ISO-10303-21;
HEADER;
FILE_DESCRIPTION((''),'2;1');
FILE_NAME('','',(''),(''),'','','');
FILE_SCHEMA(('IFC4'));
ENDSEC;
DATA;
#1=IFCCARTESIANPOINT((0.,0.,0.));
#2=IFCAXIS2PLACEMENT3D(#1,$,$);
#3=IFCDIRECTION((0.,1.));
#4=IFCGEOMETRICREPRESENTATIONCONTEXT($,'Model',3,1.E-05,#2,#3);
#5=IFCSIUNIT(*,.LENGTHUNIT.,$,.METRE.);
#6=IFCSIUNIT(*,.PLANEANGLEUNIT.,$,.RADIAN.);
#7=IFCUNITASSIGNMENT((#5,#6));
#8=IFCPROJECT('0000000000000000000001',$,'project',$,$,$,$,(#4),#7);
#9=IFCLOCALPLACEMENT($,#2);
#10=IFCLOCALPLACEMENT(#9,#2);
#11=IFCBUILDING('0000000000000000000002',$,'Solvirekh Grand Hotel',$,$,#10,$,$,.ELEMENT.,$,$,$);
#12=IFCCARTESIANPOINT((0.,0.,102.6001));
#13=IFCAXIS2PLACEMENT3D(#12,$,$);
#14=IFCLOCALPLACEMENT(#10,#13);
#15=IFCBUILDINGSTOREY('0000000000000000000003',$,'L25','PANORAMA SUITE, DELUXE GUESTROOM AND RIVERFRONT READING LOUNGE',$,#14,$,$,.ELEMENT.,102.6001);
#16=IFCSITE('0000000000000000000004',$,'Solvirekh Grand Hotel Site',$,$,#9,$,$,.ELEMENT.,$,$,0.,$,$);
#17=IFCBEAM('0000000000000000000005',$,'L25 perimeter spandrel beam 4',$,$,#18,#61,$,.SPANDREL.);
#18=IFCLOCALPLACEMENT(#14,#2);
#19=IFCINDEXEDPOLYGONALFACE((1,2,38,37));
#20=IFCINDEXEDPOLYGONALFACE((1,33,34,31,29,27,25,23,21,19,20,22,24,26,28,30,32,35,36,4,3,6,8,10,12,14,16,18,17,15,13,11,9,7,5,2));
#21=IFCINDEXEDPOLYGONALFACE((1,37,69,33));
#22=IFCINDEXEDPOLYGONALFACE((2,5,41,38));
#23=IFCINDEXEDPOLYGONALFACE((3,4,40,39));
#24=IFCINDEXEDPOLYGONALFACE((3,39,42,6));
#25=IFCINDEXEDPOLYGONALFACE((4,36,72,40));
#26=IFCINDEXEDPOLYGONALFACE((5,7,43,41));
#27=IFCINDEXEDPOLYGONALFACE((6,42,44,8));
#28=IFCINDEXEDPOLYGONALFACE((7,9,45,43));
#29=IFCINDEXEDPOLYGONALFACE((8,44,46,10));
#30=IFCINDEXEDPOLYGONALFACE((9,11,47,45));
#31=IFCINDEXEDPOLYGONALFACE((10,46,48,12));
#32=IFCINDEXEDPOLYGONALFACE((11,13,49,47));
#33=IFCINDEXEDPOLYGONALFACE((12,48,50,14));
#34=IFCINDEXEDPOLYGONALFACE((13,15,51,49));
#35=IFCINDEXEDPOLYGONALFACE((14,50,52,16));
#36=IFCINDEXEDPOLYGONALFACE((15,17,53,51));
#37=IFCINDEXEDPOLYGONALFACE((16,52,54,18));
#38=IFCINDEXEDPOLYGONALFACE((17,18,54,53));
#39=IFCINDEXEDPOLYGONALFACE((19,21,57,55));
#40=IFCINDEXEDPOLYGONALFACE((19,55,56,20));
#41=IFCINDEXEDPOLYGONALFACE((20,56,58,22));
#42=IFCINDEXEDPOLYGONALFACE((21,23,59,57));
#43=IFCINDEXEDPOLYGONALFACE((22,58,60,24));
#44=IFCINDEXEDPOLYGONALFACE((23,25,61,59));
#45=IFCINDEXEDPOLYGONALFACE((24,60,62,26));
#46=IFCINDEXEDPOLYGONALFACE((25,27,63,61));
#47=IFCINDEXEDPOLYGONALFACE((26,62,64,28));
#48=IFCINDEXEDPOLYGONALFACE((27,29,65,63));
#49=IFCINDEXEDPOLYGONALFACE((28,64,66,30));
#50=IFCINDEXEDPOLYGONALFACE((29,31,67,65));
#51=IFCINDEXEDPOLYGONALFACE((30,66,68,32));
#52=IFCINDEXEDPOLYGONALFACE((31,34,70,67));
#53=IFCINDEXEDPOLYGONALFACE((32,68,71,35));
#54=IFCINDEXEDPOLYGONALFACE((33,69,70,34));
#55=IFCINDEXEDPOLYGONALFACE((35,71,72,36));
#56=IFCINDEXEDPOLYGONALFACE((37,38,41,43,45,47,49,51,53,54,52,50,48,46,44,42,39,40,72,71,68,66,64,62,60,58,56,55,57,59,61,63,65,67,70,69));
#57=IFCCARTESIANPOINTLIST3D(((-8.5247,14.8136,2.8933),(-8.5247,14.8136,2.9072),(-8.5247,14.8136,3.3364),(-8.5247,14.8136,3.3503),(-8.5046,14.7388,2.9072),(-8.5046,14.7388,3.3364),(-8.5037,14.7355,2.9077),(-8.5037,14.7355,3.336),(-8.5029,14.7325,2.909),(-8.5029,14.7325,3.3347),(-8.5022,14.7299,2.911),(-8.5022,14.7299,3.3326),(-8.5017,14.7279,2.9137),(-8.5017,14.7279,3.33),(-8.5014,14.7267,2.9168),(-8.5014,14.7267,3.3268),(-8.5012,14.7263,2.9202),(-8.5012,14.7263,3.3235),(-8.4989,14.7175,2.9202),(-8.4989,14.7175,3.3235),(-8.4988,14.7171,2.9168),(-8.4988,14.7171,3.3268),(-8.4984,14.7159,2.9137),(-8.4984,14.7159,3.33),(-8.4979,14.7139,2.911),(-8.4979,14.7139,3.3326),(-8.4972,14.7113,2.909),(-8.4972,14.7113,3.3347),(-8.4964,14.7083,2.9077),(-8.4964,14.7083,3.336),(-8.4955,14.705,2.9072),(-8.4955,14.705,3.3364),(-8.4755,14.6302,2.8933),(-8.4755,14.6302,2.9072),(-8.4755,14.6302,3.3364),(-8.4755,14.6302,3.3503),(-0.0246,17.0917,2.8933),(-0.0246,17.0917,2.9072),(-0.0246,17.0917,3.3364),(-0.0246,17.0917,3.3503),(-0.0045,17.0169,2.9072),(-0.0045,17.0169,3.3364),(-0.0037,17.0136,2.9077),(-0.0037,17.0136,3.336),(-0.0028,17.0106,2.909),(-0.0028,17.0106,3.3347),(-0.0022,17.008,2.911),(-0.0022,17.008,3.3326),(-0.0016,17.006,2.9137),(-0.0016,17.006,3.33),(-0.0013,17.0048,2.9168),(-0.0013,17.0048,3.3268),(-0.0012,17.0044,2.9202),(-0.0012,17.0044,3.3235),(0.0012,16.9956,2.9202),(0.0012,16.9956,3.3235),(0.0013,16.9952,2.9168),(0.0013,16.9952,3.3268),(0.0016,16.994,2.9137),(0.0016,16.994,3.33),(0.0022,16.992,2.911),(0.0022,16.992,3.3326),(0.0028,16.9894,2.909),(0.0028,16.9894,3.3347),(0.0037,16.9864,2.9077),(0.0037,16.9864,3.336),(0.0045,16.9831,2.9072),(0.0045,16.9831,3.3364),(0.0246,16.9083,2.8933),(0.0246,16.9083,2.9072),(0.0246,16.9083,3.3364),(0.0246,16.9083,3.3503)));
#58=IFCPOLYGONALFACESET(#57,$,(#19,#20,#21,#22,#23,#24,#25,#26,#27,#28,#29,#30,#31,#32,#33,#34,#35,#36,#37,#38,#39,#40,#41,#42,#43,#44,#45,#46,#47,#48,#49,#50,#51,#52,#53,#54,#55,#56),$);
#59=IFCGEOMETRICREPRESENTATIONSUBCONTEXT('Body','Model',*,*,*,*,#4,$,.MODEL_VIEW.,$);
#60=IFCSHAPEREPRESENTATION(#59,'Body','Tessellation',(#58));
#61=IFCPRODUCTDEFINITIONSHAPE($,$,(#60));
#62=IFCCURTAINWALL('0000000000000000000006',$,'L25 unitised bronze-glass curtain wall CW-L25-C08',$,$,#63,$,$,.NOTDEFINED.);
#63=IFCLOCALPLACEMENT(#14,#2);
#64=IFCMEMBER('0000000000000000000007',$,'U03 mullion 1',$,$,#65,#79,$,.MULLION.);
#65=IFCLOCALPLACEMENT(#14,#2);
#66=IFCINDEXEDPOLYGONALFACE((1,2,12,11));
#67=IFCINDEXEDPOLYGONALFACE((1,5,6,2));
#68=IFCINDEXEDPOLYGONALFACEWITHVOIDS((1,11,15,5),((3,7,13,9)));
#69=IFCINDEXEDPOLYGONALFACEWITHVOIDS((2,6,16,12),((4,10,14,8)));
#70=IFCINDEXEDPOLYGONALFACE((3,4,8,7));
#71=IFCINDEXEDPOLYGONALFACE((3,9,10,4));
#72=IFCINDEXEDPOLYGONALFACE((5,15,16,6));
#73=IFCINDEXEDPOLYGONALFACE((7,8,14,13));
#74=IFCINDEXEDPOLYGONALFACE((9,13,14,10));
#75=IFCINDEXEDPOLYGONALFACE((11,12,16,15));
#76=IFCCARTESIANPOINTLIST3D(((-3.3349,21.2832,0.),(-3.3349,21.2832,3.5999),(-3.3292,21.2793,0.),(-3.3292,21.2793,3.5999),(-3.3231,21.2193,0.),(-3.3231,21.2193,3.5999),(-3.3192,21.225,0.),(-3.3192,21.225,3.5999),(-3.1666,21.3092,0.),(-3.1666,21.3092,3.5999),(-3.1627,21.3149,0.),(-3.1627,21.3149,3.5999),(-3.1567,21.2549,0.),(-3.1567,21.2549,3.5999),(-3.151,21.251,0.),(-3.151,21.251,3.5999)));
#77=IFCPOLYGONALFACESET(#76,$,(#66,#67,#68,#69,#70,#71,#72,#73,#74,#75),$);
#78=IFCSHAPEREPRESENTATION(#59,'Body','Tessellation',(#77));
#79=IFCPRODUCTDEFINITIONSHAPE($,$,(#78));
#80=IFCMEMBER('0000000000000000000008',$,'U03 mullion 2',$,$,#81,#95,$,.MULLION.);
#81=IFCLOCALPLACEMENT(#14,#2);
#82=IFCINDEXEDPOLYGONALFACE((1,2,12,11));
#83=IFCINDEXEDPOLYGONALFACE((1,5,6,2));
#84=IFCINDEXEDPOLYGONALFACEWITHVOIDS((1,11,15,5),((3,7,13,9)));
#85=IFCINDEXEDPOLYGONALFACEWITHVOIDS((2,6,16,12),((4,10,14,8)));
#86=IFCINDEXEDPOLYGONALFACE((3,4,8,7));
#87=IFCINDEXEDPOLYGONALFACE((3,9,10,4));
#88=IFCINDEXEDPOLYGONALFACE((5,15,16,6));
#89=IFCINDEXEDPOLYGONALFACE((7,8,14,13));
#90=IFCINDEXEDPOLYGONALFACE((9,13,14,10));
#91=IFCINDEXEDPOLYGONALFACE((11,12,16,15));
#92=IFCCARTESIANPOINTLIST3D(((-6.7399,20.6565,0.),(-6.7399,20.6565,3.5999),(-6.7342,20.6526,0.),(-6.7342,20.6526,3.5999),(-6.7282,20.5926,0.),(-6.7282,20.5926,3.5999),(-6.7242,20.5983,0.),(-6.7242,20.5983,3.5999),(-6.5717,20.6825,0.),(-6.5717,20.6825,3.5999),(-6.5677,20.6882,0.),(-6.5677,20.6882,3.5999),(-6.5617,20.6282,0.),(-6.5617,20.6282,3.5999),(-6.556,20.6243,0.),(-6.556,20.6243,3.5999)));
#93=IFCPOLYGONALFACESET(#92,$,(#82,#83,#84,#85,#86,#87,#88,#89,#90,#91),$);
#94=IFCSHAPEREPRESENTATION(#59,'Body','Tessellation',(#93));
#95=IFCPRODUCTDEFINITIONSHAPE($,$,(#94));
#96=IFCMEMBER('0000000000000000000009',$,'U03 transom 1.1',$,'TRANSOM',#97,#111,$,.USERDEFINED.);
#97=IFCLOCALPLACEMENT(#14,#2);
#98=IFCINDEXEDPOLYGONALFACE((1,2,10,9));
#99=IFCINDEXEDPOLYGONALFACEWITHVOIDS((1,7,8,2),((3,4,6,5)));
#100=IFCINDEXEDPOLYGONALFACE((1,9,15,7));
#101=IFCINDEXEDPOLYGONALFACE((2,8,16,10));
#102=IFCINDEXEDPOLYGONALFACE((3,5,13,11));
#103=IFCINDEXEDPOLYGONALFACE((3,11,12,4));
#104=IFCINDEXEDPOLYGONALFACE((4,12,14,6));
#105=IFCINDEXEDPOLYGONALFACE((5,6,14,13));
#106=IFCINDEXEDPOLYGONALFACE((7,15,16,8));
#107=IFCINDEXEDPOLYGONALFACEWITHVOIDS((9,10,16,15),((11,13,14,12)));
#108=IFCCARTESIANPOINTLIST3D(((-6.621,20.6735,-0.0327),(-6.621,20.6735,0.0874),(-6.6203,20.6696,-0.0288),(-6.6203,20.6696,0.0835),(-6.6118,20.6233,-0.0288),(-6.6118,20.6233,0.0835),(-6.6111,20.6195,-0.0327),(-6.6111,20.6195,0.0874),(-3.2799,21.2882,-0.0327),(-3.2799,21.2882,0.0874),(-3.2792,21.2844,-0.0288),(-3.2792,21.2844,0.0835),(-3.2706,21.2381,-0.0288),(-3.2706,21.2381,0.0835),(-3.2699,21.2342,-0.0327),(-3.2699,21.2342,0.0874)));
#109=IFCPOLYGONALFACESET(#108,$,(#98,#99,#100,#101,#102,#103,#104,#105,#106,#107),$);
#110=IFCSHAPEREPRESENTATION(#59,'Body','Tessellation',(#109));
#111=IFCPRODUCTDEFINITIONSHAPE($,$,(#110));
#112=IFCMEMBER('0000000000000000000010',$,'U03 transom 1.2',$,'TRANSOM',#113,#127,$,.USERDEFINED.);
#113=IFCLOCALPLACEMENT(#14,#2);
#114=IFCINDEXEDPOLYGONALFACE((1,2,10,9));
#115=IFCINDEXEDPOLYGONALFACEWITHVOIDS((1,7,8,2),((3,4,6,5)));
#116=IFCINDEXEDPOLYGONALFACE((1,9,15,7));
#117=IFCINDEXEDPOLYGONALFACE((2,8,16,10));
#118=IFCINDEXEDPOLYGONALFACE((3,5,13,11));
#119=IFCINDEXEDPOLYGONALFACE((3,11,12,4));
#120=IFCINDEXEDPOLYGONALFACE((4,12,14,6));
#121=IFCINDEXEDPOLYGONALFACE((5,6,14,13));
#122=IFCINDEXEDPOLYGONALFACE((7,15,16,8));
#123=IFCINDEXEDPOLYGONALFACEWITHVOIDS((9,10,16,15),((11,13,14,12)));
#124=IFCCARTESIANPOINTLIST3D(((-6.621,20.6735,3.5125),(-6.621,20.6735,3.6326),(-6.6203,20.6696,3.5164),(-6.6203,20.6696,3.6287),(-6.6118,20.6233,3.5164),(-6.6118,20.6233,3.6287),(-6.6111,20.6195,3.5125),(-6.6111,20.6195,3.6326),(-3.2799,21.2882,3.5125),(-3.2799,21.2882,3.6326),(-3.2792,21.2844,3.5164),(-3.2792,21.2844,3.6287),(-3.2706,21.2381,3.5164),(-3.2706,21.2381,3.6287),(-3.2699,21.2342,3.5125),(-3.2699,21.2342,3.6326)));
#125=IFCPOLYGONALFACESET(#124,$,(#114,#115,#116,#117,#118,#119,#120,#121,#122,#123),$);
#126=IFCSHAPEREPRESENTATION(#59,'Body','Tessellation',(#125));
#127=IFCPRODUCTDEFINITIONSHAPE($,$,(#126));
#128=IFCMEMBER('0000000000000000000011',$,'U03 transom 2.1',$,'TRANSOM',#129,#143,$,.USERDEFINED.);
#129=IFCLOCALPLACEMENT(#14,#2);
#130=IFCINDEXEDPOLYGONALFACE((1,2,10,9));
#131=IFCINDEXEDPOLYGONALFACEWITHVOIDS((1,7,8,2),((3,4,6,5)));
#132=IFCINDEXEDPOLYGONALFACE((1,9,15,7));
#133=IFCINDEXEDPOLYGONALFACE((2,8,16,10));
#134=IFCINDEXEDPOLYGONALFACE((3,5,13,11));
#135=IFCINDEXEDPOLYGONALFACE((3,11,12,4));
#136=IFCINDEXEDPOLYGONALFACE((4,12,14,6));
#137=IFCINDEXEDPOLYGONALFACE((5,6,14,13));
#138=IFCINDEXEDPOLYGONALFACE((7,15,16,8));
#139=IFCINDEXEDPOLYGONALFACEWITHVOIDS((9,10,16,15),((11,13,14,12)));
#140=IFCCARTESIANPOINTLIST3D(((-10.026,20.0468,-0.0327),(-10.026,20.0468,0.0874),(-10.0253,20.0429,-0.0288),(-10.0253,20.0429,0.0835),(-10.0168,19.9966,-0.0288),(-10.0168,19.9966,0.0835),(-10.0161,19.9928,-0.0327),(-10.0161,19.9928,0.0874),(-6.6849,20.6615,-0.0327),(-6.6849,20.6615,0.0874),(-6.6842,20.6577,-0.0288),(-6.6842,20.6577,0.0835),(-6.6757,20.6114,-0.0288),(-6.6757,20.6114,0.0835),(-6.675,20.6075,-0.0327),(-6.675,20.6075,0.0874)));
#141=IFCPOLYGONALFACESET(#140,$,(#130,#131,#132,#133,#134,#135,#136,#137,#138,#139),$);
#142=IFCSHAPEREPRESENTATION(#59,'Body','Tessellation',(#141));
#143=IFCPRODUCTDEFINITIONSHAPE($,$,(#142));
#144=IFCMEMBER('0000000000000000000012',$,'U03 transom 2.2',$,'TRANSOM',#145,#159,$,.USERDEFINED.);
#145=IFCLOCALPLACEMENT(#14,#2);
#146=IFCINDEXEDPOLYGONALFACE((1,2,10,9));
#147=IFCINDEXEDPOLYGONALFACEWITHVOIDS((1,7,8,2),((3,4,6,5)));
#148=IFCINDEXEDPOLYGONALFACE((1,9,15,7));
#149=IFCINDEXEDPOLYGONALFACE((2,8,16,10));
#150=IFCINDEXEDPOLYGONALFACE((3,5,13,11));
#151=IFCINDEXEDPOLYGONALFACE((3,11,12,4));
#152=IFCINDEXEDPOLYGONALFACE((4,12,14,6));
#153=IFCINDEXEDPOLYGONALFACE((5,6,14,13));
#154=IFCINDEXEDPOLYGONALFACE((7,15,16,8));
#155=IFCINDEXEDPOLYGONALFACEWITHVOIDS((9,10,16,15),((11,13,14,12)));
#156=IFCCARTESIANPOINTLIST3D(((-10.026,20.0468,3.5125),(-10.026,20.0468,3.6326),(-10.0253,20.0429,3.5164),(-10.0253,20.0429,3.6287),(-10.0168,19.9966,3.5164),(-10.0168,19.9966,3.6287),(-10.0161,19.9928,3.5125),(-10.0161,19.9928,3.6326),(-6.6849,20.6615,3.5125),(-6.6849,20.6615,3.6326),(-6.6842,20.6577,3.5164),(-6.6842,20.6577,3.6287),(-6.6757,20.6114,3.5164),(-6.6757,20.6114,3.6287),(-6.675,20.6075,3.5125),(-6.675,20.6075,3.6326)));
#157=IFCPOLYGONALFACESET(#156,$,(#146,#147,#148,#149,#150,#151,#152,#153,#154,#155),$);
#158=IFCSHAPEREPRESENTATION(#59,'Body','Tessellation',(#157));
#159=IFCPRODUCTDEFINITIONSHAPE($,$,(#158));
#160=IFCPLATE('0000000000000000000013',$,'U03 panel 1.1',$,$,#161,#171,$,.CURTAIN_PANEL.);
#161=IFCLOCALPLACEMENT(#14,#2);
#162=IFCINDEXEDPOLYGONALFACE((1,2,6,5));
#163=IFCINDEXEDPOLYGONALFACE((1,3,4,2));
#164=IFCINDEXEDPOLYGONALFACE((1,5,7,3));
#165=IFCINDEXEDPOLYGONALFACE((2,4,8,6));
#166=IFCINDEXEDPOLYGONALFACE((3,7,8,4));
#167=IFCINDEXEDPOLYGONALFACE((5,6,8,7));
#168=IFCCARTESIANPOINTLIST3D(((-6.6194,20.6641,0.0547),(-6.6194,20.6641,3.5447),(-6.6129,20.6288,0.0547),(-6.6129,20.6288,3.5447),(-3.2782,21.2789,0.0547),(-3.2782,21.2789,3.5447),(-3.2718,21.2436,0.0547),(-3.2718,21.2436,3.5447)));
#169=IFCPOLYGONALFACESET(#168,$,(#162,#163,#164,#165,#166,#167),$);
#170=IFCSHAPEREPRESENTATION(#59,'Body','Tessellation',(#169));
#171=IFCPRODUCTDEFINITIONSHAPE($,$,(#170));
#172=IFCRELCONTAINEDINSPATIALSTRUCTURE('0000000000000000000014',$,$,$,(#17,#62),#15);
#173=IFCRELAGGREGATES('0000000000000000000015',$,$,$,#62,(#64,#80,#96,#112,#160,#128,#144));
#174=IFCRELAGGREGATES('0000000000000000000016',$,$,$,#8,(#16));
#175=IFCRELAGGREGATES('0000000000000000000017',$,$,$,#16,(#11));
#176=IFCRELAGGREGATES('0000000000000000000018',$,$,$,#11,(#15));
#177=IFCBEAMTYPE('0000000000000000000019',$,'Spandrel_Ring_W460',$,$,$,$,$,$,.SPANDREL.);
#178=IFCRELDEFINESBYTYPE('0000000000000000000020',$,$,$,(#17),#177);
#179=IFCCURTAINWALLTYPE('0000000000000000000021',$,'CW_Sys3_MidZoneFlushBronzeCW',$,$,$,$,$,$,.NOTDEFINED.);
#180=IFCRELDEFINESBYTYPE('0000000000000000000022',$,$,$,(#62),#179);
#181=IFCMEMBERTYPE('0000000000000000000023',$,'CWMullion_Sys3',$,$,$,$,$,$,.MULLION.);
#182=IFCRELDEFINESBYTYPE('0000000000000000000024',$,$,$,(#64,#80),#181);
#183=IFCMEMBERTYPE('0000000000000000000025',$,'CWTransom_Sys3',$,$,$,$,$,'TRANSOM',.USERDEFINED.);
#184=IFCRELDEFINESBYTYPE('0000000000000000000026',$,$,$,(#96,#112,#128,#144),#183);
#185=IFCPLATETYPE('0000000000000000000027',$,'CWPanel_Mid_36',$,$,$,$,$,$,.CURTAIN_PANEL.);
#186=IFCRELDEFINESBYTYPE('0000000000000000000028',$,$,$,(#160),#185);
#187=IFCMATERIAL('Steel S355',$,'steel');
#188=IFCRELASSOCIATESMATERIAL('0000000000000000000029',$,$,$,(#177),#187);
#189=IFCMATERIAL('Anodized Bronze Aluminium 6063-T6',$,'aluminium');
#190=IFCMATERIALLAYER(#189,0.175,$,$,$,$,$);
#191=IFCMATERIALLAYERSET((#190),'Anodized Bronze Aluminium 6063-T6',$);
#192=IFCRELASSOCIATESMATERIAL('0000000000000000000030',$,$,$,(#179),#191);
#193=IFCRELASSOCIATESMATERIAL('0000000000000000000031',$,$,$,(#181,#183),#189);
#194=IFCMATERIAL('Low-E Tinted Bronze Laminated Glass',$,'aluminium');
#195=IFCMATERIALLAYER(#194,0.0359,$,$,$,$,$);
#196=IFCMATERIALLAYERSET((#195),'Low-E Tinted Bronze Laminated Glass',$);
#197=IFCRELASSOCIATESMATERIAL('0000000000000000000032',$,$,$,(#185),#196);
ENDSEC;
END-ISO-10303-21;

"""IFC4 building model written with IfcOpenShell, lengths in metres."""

from ifc_helpers import new_model, si_unit, direction, frame, origin, origin_2d, place, context, subcontext, project, spatial, rectangle, hollow_rectangle, i_section, extrude, source, transform, mapped, material, layer, layer_set, material_profile, profile_set, type_object, element, aggregate, save


model = new_model("IFC4")

# Units and contexts
model_context = context("Model", 3, precision=1e-05, world=origin(), true_north=direction((0.0, 1.0)))
body_context = subcontext(model_context, "Body", "Model", "MODEL_VIEW")
ifc_project = project(units=[si_unit("LENGTHUNIT", "METRE"), si_unit("PLANEANGLEUNIT", "RADIAN")], contexts=[model_context])

# Site, building, storey
site_placement = place(None, origin())
site = spatial("IfcSite", under=ifc_project, at=site_placement, Name="Solvirekh Grand Hotel Site", CompositionType="ELEMENT", RefElevation=0.0)
building_placement = place(site_placement, origin())
building = spatial("IfcBuilding", under=site, at=building_placement, Name="Solvirekh Grand Hotel", CompositionType="ELEMENT")
storey_placement = place(building_placement, frame((0.0, 0.0, 102.6001)))
storey = spatial("IfcBuildingStorey", under=building, at=storey_placement, Name="L25", Description="PANORAMA SUITE, DELUXE GUESTROOM AND RIVERFRONT READING LOUNGE", CompositionType="ELEMENT", Elevation=102.6001)

# Beam
ifc_material_1 = material(Name="Steel S355", Category="steel")
ifc_material_profile_1 = material_profile(ifc_material_1, i_section(OverallWidth=0.1899, OverallDepth=0.457, WebThickness=0.009, FlangeThickness=0.0139, FilletRadius=0.0129, at=origin_2d()), Name="W460X74")
ifc_profile_set_1 = profile_set([ifc_material_profile_1], Name="Steel S355")
beam_type_1 = type_object("IfcBeamType", Name="Spandrel_Ring_W460", PredefinedType="SPANDREL", material=ifc_profile_set_1)
beam_1_placement = place(storey_placement, frame((0.0, 17.0, 3.1218), z_axis=(-0.965911, -0.258873, 0.0), x_axis=(0.258873, -0.965911, 0.0)))
element("IfcBeam", 1, at=beam_1_placement, inside=storey, type_object=beam_type_1, Name="L25 perimeter spandrel beam 4", PredefinedType="SPANDREL", context=body_context, shape_type="SweptSolid", body=[
    extrude(i_section(OverallWidth=0.1899, OverallDepth=0.457, WebThickness=0.009, FlangeThickness=0.0139, FilletRadius=0.0129, at=origin_2d()), origin(), (0.0, 0.0, 1.0), 8.8),
])

# Curtain wall, members, plate
ifc_material_2 = material(Name="Anodized Bronze Aluminium 6063-T6", Category="aluminium")
ifc_layer_1 = layer(ifc_material_2, 0.175)
ifc_layer_set_1 = layer_set([ifc_layer_1], Name="Anodized Bronze Aluminium 6063-T6")
curtain_wall_type = type_object("IfcCurtainWallType", Name="CW_Sys3_MidZoneFlushBronzeCW", PredefinedType="NOTDEFINED", material=ifc_layer_set_1)
curtain_wall_placement = place(storey_placement, origin())
curtain_wall = element("IfcCurtainWall", 2, at=curtain_wall_placement, inside=storey, type_object=curtain_wall_type, Name="L25 unitised bronze-glass curtain wall CW-L25-C08", PredefinedType="NOTDEFINED")
ifc_material_profile_2 = material_profile(ifc_material_2, hollow_rectangle(XDim=0.0649, YDim=0.175, WallThickness=0.0049, at=origin_2d()), Name="ALU RHS 175X65X5")
ifc_profile_set_2 = profile_set([ifc_material_profile_2], Name="Anodized Bronze Aluminium 6063-T6")
member_type_1 = type_object("IfcMemberType", Name="CWMullion_Sys3", PredefinedType="MULLION", material=ifc_profile_set_2)
shared_shape_1 = source(origin(), body_context, "Body", "SweptSolid", [
    extrude(hollow_rectangle(XDim=0.0649, YDim=0.175, WallThickness=0.0049, at=origin_2d()), origin(), (0.0, 0.0, 1.0), 3.5999),
])
member_1_placement = place(storey_placement, frame((-3.2429, 21.2671, 0.0), z_axis=(0.0, 0.0, 1.0), x_axis=(0.180988, -0.983485, 0.0)))
member_1 = element("IfcMember", 3, at=member_1_placement, type_object=member_type_1, Name="U03 mullion 1", PredefinedType="MULLION", context=body_context, shape_type="MappedRepresentation", body=[
    mapped(shared_shape_1, transform((0.0, 0.0, 0.0), x_axis=(1.0, 0.0, 0.0), y_axis=(0.0, 1.0, 0.0), z_axis=(0.0, 0.0, 1.0), scale=1.0)),
])
member_2_placement = place(storey_placement, frame((-6.6479, 20.6404, 0.0), z_axis=(0.0, 0.0, 1.0), x_axis=(0.180988, -0.983485, 0.0)))
member_2 = element("IfcMember", 4, at=member_2_placement, type_object=member_type_1, Name="U03 mullion 2", PredefinedType="MULLION", context=body_context, shape_type="MappedRepresentation", body=[
    mapped(shared_shape_1, transform((0.0, 0.0, 0.0), x_axis=(1.0, 0.0, 0.0), y_axis=(0.0, 1.0, 0.0), z_axis=(0.0, 0.0, 1.0), scale=1.0)),
])
ifc_material_profile_3 = material_profile(ifc_material_2, hollow_rectangle(XDim=0.0549, YDim=0.1201, WallThickness=0.0039, at=origin_2d()), Name="ALU RHS 120X55X4")
ifc_profile_set_3 = profile_set([ifc_material_profile_3], Name="Anodized Bronze Aluminium 6063-T6")
member_type_2 = type_object("IfcMemberType", Name="CWTransom_Sys3", ElementType="TRANSOM", PredefinedType="USERDEFINED", material=ifc_profile_set_3)
shared_shape_2 = source(origin(), body_context, "Body", "SweptSolid", [
    extrude(hollow_rectangle(XDim=0.0549, YDim=0.1201, WallThickness=0.0039, at=origin_2d()), origin(), (0.0, 0.0, 1.0), 3.3972),
])
member_3_placement = place(storey_placement, frame((-3.2749, 21.2612, 0.0273), z_axis=(-0.983491, -0.180959, 0.0), x_axis=(0.180959, -0.983491, 0.0)))
member_3 = element("IfcMember", 5, at=member_3_placement, type_object=member_type_2, Name="U03 transom 1.1", ObjectType="TRANSOM", PredefinedType="USERDEFINED", context=body_context, shape_type="MappedRepresentation", body=[
    mapped(shared_shape_2, transform((0.0, 0.0, 0.0), x_axis=(1.0, 0.0, 0.0), y_axis=(0.0, 1.0, 0.0), z_axis=(0.0, 0.0, 1.0), scale=1.0)),
])
member_4_placement = place(storey_placement, frame((-3.2749, 21.2612, 3.5725), z_axis=(-0.983491, -0.180959, 0.0), x_axis=(0.180959, -0.983491, 0.0)))
member_4 = element("IfcMember", 6, at=member_4_placement, type_object=member_type_2, Name="U03 transom 1.2", ObjectType="TRANSOM", PredefinedType="USERDEFINED", context=body_context, shape_type="MappedRepresentation", body=[
    mapped(shared_shape_2, transform((0.0, 0.0, 0.0), x_axis=(1.0, 0.0, 0.0), y_axis=(0.0, 1.0, 0.0), z_axis=(0.0, 0.0, 1.0), scale=1.0)),
])
member_5_placement = place(storey_placement, frame((-6.6799, 20.6345, 0.0273), z_axis=(-0.983491, -0.180959, 0.0), x_axis=(0.180959, -0.983491, 0.0)))
member_5 = element("IfcMember", 7, at=member_5_placement, type_object=member_type_2, Name="U03 transom 2.1", ObjectType="TRANSOM", PredefinedType="USERDEFINED", context=body_context, shape_type="MappedRepresentation", body=[
    mapped(shared_shape_2, transform((0.0, 0.0, 0.0), x_axis=(1.0, 0.0, 0.0), y_axis=(0.0, 1.0, 0.0), z_axis=(0.0, 0.0, 1.0), scale=1.0)),
])
member_6_placement = place(storey_placement, frame((-6.6799, 20.6345, 3.5725), z_axis=(-0.983491, -0.180959, 0.0), x_axis=(0.180959, -0.983491, 0.0)))
member_6 = element("IfcMember", 8, at=member_6_placement, type_object=member_type_2, Name="U03 transom 2.2", ObjectType="TRANSOM", PredefinedType="USERDEFINED", context=body_context, shape_type="MappedRepresentation", body=[
    mapped(shared_shape_2, transform((0.0, 0.0, 0.0), x_axis=(1.0, 0.0, 0.0), y_axis=(0.0, 1.0, 0.0), z_axis=(0.0, 0.0, 1.0), scale=1.0)),
])
ifc_material_3 = material(Name="Low-E Tinted Bronze Laminated Glass", Category="aluminium")
ifc_layer_2 = layer(ifc_material_3, 0.0359)
ifc_layer_set_2 = layer_set([ifc_layer_2], Name="Low-E Tinted Bronze Laminated Glass")
plate_type = type_object("IfcPlateType", Name="CWPanel_Mid_36", PredefinedType="CURTAIN_PANEL", material=ifc_layer_set_2)
shared_shape_3 = source(origin(), body_context, "Body", "SweptSolid", [
    extrude(rectangle(XDim=3.3972, YDim=0.0359, at=origin_2d()), origin(), (0.0, 0.0, 1.0), 3.49),
])
plate_placement = place(storey_placement, frame((-4.9456, 20.9539, 0.0547), z_axis=(0.0, 0.0, 1.0), x_axis=(-0.983485, -0.180988, 0.0)))
plate = element("IfcPlate", 9, at=plate_placement, type_object=plate_type, Name="U03 panel 1.1", PredefinedType="CURTAIN_PANEL", context=body_context, shape_type="MappedRepresentation", body=[
    mapped(shared_shape_3, transform((0.0, 0.0, 0.0), x_axis=(1.0, 0.0, 0.0), y_axis=(0.0, 1.0, 0.0), z_axis=(0.0, 0.0, 1.0), scale=1.0)),
])
aggregate(curtain_wall, [member_1, member_2, member_3, member_4, plate, member_5, member_6])

save(model, "model.ifc")
